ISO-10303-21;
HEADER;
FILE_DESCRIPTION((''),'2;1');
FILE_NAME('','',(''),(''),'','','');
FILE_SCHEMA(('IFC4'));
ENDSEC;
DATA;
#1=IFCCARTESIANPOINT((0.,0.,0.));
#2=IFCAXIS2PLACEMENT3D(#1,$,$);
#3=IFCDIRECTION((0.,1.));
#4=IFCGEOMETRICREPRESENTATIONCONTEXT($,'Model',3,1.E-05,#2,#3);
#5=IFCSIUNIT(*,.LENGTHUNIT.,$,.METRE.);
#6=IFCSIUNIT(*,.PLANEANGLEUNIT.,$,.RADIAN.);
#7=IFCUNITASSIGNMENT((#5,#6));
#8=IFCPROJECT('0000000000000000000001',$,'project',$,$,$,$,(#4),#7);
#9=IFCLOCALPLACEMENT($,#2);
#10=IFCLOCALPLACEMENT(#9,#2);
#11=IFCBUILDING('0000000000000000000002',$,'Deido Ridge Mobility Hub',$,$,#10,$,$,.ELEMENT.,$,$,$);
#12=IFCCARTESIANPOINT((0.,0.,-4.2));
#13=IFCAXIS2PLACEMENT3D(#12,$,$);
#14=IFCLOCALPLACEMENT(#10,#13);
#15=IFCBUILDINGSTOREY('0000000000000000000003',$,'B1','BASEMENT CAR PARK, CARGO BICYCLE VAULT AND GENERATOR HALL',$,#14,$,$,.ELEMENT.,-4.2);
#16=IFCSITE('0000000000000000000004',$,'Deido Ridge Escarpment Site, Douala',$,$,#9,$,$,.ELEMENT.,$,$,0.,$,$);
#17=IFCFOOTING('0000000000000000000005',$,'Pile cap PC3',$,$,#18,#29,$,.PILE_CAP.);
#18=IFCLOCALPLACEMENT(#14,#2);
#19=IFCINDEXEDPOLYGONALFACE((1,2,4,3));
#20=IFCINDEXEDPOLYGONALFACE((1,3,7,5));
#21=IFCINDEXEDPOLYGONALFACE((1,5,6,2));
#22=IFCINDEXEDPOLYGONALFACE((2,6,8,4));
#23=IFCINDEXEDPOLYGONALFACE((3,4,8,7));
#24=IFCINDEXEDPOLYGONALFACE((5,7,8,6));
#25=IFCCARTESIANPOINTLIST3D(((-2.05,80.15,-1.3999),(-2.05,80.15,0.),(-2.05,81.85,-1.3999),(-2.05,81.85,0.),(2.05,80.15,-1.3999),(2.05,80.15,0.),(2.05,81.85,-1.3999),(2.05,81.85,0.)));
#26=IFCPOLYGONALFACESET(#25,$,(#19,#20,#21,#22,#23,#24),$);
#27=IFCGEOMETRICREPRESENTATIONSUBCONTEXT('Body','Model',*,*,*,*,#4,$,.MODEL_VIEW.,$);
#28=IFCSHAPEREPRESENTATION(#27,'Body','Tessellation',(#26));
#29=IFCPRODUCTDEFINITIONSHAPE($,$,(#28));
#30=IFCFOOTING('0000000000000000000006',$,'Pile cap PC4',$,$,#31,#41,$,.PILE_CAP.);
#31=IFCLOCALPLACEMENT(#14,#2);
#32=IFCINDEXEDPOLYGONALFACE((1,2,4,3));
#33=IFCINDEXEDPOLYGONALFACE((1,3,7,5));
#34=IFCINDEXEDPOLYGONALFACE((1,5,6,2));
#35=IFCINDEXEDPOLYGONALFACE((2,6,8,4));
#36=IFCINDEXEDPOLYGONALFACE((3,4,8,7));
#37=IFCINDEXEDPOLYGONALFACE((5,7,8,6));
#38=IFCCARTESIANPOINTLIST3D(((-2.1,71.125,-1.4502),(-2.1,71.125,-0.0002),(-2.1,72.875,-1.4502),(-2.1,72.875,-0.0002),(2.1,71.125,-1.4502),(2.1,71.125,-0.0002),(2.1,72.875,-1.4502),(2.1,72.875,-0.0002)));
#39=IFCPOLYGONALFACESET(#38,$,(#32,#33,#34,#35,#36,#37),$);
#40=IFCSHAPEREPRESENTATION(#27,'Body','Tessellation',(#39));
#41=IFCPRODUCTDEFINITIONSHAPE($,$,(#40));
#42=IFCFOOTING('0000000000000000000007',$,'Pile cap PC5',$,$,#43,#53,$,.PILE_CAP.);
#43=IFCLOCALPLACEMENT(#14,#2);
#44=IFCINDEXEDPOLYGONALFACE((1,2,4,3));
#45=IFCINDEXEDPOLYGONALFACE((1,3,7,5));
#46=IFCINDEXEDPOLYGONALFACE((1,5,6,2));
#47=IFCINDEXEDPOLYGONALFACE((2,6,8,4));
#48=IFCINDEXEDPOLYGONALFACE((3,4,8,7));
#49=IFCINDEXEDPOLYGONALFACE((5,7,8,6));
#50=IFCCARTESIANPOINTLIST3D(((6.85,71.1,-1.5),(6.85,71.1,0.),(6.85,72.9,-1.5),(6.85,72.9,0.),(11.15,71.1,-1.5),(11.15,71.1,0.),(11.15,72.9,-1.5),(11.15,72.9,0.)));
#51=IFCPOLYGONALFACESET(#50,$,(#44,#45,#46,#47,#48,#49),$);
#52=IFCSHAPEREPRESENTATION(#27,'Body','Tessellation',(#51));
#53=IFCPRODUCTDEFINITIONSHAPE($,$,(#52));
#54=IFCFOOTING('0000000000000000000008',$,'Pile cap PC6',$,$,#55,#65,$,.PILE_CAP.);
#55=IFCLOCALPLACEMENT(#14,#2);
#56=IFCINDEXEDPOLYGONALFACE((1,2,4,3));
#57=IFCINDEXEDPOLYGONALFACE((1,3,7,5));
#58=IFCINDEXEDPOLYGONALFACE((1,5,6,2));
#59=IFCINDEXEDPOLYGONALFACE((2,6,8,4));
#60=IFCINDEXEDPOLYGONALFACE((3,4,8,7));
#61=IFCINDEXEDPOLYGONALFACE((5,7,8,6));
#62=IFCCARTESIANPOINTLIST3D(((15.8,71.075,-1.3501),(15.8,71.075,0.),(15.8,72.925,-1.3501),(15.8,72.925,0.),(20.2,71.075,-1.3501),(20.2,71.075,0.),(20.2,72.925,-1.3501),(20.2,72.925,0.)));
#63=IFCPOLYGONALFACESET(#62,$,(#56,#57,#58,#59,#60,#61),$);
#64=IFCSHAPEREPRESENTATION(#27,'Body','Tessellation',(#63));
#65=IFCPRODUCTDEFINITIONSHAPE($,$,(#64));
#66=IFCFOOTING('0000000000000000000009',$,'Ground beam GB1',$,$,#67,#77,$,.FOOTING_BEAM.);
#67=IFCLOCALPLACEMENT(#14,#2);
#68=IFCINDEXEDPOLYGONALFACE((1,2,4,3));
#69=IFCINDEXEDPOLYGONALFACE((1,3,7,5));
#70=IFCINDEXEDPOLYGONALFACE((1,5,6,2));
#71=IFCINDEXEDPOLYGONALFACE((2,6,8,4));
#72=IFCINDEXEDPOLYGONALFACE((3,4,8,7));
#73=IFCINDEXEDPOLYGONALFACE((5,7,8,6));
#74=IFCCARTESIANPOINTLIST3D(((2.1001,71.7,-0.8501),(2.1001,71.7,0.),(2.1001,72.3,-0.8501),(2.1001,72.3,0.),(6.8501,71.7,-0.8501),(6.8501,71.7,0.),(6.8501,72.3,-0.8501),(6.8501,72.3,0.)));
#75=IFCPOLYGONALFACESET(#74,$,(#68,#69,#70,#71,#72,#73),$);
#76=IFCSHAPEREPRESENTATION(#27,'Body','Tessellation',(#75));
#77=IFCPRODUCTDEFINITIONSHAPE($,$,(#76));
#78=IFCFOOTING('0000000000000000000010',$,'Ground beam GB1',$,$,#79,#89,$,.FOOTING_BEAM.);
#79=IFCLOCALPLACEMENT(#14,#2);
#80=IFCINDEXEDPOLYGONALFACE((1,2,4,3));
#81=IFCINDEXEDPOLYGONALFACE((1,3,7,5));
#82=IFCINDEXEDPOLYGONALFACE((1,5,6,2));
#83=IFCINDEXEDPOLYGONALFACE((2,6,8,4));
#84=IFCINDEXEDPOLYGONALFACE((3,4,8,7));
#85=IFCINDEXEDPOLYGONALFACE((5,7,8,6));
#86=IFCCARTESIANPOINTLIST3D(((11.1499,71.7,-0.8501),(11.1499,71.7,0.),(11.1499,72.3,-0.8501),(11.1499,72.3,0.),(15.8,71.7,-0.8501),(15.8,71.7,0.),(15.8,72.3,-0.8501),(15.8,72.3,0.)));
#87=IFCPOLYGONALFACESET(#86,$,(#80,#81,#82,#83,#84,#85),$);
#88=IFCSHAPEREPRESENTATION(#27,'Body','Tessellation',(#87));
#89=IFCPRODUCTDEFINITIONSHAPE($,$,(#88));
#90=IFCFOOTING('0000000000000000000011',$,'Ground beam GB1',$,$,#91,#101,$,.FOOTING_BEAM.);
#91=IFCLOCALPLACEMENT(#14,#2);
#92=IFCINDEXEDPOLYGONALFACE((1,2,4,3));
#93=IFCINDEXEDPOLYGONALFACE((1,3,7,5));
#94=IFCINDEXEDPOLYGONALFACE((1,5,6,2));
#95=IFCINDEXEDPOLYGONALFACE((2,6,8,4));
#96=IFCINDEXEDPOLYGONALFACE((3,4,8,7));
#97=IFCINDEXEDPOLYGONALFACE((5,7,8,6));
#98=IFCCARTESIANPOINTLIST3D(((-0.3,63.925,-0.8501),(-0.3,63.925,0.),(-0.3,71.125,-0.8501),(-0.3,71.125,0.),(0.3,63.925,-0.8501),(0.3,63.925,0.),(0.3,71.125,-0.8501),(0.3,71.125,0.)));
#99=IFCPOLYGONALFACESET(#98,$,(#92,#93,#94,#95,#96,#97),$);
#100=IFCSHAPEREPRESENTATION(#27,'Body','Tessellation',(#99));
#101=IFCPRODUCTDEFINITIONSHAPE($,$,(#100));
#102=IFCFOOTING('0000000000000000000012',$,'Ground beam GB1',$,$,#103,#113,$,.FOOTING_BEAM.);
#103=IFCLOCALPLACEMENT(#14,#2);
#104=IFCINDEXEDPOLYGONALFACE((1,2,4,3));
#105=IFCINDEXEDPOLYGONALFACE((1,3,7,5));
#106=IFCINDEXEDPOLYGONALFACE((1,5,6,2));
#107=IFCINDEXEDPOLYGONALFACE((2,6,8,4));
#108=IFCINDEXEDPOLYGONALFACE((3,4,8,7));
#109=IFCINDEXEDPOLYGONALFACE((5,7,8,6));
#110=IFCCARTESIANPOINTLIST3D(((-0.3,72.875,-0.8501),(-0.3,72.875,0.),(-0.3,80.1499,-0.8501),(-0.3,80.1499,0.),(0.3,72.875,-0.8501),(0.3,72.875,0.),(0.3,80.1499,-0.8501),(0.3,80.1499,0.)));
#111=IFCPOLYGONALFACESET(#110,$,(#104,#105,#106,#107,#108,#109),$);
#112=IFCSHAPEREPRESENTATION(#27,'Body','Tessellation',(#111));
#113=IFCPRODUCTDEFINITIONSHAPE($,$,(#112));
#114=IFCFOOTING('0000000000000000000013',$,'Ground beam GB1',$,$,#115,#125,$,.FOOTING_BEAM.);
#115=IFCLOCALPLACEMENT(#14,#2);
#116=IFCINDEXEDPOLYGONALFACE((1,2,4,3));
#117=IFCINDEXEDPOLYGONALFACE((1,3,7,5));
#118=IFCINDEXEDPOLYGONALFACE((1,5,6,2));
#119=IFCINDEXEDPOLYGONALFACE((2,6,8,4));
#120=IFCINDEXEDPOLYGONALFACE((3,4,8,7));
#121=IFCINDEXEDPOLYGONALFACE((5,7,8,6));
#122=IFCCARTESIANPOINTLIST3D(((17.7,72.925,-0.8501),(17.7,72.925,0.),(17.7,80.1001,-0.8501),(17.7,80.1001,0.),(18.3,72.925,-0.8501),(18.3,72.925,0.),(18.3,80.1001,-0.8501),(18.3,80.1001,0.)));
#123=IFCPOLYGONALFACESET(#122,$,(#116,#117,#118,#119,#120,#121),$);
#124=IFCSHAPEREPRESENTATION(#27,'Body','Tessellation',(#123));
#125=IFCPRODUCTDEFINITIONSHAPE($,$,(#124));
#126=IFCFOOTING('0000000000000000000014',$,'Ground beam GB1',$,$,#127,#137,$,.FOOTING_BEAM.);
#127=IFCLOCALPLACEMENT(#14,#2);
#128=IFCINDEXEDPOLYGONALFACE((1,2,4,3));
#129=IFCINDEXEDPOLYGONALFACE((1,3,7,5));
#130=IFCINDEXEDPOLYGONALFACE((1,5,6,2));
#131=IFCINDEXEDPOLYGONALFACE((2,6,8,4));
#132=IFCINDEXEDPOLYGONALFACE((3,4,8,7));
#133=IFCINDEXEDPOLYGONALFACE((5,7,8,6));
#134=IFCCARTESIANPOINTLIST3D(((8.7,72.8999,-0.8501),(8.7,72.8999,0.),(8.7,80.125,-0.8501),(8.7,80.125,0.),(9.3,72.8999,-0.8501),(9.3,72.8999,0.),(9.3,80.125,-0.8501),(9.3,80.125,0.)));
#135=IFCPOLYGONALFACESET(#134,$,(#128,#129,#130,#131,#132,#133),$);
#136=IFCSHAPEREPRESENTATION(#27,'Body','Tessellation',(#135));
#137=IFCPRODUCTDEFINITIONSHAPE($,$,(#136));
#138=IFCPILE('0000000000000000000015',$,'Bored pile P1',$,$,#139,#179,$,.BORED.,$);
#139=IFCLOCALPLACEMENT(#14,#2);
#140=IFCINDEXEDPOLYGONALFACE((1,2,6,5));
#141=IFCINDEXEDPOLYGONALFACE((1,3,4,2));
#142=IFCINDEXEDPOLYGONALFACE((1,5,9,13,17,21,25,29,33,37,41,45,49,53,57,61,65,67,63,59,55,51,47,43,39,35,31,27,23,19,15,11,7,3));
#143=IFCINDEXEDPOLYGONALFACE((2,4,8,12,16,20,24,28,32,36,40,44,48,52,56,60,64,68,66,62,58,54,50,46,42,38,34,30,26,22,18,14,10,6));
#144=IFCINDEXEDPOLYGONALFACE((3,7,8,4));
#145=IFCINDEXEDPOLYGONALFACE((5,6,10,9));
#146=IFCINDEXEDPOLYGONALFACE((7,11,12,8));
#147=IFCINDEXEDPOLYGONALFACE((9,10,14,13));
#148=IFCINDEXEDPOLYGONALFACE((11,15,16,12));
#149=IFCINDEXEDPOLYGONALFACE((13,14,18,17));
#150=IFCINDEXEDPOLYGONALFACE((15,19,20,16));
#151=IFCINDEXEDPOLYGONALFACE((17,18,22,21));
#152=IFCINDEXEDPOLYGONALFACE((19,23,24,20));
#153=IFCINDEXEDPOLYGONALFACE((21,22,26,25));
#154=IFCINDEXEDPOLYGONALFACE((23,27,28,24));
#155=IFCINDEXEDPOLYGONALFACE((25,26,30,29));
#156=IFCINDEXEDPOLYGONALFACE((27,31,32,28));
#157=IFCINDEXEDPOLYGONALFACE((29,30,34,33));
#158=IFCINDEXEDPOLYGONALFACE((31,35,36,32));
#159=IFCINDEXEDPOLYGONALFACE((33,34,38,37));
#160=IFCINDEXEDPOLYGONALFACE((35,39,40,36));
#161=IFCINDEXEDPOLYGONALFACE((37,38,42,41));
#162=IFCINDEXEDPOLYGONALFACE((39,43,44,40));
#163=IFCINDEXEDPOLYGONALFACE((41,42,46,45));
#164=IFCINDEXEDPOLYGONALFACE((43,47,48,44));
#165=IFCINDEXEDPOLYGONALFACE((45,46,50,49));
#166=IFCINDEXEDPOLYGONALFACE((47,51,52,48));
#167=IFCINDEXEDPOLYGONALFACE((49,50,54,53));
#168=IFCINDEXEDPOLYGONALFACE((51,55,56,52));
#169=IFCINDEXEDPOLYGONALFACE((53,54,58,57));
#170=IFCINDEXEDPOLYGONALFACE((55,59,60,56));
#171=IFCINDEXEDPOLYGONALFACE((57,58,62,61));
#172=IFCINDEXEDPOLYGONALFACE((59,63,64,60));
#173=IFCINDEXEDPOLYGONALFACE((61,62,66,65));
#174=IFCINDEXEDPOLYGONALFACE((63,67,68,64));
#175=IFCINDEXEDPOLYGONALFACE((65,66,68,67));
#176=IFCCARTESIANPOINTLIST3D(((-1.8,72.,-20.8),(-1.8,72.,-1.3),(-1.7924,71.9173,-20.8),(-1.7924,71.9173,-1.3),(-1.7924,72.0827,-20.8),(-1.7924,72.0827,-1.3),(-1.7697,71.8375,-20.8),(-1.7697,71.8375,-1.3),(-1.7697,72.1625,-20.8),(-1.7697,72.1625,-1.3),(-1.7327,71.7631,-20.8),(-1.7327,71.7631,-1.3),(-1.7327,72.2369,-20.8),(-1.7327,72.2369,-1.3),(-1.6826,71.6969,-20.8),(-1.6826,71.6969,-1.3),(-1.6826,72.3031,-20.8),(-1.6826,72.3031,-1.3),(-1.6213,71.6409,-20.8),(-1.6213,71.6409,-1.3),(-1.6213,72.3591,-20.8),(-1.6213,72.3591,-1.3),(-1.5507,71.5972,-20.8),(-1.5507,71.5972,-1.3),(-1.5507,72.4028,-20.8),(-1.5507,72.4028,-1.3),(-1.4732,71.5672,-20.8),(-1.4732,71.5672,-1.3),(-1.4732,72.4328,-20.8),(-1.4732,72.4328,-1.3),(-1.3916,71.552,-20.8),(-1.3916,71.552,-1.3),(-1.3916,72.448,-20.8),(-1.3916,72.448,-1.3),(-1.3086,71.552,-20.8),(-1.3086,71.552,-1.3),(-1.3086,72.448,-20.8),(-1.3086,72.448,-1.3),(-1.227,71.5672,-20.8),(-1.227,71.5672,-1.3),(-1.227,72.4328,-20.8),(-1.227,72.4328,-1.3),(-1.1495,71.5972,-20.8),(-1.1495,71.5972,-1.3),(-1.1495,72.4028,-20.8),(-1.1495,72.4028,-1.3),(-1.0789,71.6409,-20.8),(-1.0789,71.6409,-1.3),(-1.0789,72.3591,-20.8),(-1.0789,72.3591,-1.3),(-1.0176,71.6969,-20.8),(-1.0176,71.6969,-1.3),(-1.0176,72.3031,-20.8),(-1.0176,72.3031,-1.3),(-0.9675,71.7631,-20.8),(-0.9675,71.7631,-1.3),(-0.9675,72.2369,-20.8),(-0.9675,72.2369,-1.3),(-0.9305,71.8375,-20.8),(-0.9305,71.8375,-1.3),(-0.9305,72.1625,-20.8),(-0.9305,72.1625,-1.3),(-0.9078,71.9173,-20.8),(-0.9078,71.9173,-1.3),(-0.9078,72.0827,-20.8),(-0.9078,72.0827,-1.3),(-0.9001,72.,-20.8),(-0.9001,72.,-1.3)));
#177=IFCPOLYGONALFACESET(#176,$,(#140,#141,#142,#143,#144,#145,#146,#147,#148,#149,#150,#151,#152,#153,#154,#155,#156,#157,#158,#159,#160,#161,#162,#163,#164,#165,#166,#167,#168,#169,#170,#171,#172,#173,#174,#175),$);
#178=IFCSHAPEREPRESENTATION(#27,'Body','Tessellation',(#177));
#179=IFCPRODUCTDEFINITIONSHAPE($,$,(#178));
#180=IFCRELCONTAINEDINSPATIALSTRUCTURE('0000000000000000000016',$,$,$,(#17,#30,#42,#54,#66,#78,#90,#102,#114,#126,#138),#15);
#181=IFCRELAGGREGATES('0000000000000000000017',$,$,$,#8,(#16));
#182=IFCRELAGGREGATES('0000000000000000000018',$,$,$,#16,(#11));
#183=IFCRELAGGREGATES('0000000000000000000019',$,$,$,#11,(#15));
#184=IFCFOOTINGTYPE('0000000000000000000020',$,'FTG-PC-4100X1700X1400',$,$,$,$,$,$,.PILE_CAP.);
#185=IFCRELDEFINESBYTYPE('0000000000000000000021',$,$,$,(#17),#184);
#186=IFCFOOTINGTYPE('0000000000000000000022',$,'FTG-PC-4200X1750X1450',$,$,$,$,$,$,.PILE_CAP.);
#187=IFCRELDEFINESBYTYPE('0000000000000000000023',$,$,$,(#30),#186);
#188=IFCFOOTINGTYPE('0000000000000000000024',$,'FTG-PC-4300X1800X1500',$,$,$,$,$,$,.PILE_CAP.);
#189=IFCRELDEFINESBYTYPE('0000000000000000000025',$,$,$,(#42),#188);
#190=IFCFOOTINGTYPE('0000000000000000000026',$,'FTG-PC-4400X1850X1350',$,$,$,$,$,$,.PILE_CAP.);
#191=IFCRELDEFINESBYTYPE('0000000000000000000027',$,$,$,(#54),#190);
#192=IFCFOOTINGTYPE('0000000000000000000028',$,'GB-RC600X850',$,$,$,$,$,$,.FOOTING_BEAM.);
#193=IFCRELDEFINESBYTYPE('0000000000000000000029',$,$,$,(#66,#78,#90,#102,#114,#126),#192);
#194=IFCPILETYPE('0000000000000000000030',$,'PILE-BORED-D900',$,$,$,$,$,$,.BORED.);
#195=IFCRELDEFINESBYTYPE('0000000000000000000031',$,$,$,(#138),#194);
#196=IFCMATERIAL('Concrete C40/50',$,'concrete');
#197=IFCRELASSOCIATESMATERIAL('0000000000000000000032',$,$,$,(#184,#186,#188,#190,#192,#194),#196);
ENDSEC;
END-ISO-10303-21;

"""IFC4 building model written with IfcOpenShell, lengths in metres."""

from ifc_helpers import new_model, si_unit, direction, frame, origin, origin_2d, place, context, subcontext, project, spatial, rectangle, circle, extrude, material, material_profile, profile_set, type_object, element, save


model = new_model("IFC4")

# Units and contexts
model_context = context("Model", 3, precision=1e-05, world=origin(), true_north=direction((0.0, 1.0)))
body_context = subcontext(model_context, "Body", "Model", "MODEL_VIEW")
ifc_project = project(units=[si_unit("LENGTHUNIT", "METRE"), si_unit("PLANEANGLEUNIT", "RADIAN")], contexts=[model_context])

# Site, building, storey
site_placement = place(None, origin())
site = spatial("IfcSite", under=ifc_project, at=site_placement, Name="Deido Ridge Escarpment Site, Douala", CompositionType="ELEMENT", RefElevation=0.0)
building_placement = place(site_placement, origin())
building = spatial("IfcBuilding", under=site, at=building_placement, Name="Deido Ridge Mobility Hub", CompositionType="ELEMENT")
storey_placement = place(building_placement, frame((0.0, 0.0, -4.2)))
storey = spatial("IfcBuildingStorey", under=building, at=storey_placement, Name="B1", Description="BASEMENT CAR PARK, CARGO BICYCLE VAULT AND GENERATOR HALL", CompositionType="ELEMENT", Elevation=-4.2)

# Footings
ifc_material_1 = material(Name="Concrete C40/50", Category="concrete")
footing_type_1 = type_object("IfcFootingType", Name="FTG-PC-4100X1700X1400", PredefinedType="PILE_CAP", material=ifc_material_1)
footing_1_placement = place(storey_placement, frame((0.0, 81.0, -1.3999), z_axis=(0.0, 0.0, 1.0), x_axis=(1.0, 0.0, 0.0)))
element("IfcFooting", 1, at=footing_1_placement, inside=storey, type_object=footing_type_1, Name="Pile cap PC3", PredefinedType="PILE_CAP", context=body_context, shape_type="SweptSolid", body=[
    extrude(rectangle(XDim=4.1001, YDim=1.7, at=origin_2d()), origin(), (0.0, 0.0, 1.0), 1.3999),
])
footing_type_2 = type_object("IfcFootingType", Name="FTG-PC-4200X1750X1450", PredefinedType="PILE_CAP", material=ifc_material_1)
footing_2_placement = place(storey_placement, frame((0.0, 72.0, -1.4502), z_axis=(0.0, 0.0, 1.0), x_axis=(1.0, 0.0, 0.0)))
element("IfcFooting", 2, at=footing_2_placement, inside=storey, type_object=footing_type_2, Name="Pile cap PC4", PredefinedType="PILE_CAP", context=body_context, shape_type="SweptSolid", body=[
    extrude(rectangle(XDim=4.2, YDim=1.75, at=origin_2d()), origin(), (0.0, 0.0, 1.0), 1.45),
])
footing_type_3 = type_object("IfcFootingType", Name="FTG-PC-4300X1800X1500", PredefinedType="PILE_CAP", material=ifc_material_1)
footing_3_placement = place(storey_placement, frame((9.0, 72.0, -1.5), z_axis=(0.0, 0.0, 1.0), x_axis=(1.0, 0.0, 0.0)))
element("IfcFooting", 3, at=footing_3_placement, inside=storey, type_object=footing_type_3, Name="Pile cap PC5", PredefinedType="PILE_CAP", context=body_context, shape_type="SweptSolid", body=[
    extrude(rectangle(XDim=4.3, YDim=1.8, at=origin_2d()), origin(), (0.0, 0.0, 1.0), 1.5),
])
footing_type_4 = type_object("IfcFootingType", Name="FTG-PC-4400X1850X1350", PredefinedType="PILE_CAP", material=ifc_material_1)
footing_4_placement = place(storey_placement, frame((18.0, 72.0, -1.3501), z_axis=(0.0, 0.0, 1.0), x_axis=(1.0, 0.0, 0.0)))
element("IfcFooting", 4, at=footing_4_placement, inside=storey, type_object=footing_type_4, Name="Pile cap PC6", PredefinedType="PILE_CAP", context=body_context, shape_type="SweptSolid", body=[
    extrude(rectangle(XDim=4.3999, YDim=1.8501, at=origin_2d()), origin(), (0.0, 0.0, 1.0), 1.3501),
])
ifc_material_profile_1 = material_profile(ifc_material_1, rectangle(XDim=0.6001, YDim=0.8501, at=origin_2d()), Name="RC GB 600x850")
ifc_profile_set_1 = profile_set([ifc_material_profile_1], Name="Concrete C40/50")
footing_type_5 = type_object("IfcFootingType", Name="GB-RC600X850", PredefinedType="FOOTING_BEAM", material=ifc_profile_set_1)
footing_5_placement = place(storey_placement, frame((2.1001, 72.0, -0.425), z_axis=(1.0, 0.0, 0.0), x_axis=(0.0, 1.0, 0.0)))
element("IfcFooting", 5, at=footing_5_placement, inside=storey, type_object=footing_type_5, Name="Ground beam GB1", PredefinedType="FOOTING_BEAM", context=body_context, shape_type="SweptSolid", body=[
    extrude(rectangle(XDim=0.6001, YDim=0.8501, at=origin_2d()), origin(), (0.0, 0.0, 1.0), 4.75),
])
footing_6_placement = place(storey_placement, frame((11.1499, 72.0, -0.425), z_axis=(1.0, 0.0, 0.0), x_axis=(0.0, 1.0, 0.0)))
element("IfcFooting", 6, at=footing_6_placement, inside=storey, type_object=footing_type_5, Name="Ground beam GB1", PredefinedType="FOOTING_BEAM", context=body_context, shape_type="SweptSolid", body=[
    extrude(rectangle(XDim=0.6001, YDim=0.8501, at=origin_2d()), origin(), (0.0, 0.0, 1.0), 4.6501),
])
footing_7_placement = place(storey_placement, frame((0.0, 63.925, -0.425), z_axis=(0.0, 1.0, 0.0), x_axis=(-1.0, 0.0, 0.0)))
element("IfcFooting", 7, at=footing_7_placement, inside=storey, type_object=footing_type_5, Name="Ground beam GB1", PredefinedType="FOOTING_BEAM", context=body_context, shape_type="SweptSolid", body=[
    extrude(rectangle(XDim=0.6001, YDim=0.8501, at=origin_2d()), origin(), (0.0, 0.0, 1.0), 7.2),
])
footing_8_placement = place(storey_placement, frame((0.0, 72.875, -0.425), z_axis=(0.0, 1.0, 0.0), x_axis=(-1.0, 0.0, 0.0)))
element("IfcFooting", 8, at=footing_8_placement, inside=storey, type_object=footing_type_5, Name="Ground beam GB1", PredefinedType="FOOTING_BEAM", context=body_context, shape_type="SweptSolid", body=[
    extrude(rectangle(XDim=0.6001, YDim=0.8501, at=origin_2d()), origin(), (0.0, 0.0, 1.0), 7.2749),
])
footing_9_placement = place(storey_placement, frame((18.0, 72.925, -0.425), z_axis=(0.0, 1.0, 0.0), x_axis=(-1.0, 0.0, 0.0)))
element("IfcFooting", 9, at=footing_9_placement, inside=storey, type_object=footing_type_5, Name="Ground beam GB1", PredefinedType="FOOTING_BEAM", context=body_context, shape_type="SweptSolid", body=[
    extrude(rectangle(XDim=0.6001, YDim=0.8501, at=origin_2d()), origin(), (0.0, 0.0, 1.0), 7.175),
])
footing_10_placement = place(storey_placement, frame((9.0, 72.8999, -0.425), z_axis=(0.0, 1.0, 0.0), x_axis=(-1.0, 0.0, 0.0)))
element("IfcFooting", 10, at=footing_10_placement, inside=storey, type_object=footing_type_5, Name="Ground beam GB1", PredefinedType="FOOTING_BEAM", context=body_context, shape_type="SweptSolid", body=[
    extrude(rectangle(XDim=0.6001, YDim=0.8501, at=origin_2d()), origin(), (0.0, 0.0, 1.0), 7.2251),
])

# Pile
ifc_material_profile_2 = material_profile(ifc_material_1, circle(Radius=0.45, at=origin_2d()), Name="BORED PILE D900")
ifc_profile_set_2 = profile_set([ifc_material_profile_2], Name="Concrete C40/50")
pile_type = type_object("IfcPileType", Name="PILE-BORED-D900", PredefinedType="BORED", material=ifc_profile_set_2)
for number, where, z_axis, x_axis, name in (
    (11, (-1.3501, 72.0, -1.3), (0.0, 0.0, -1.0), (1.0, 0.0, 0.0), "Bored pile P1"),
):
    element("IfcPile", number, at=place(storey_placement, frame(where, z_axis=z_axis, x_axis=x_axis)), inside=storey, type_object=pile_type, Name=name, PredefinedType="BORED", context=body_context, shape_type="SweptSolid", body=[
        extrude(circle(Radius=0.45, at=origin_2d()), origin(), (0.0, 0.0, 1.0), 19.5),
    ])

save(model, "model.ifc")
